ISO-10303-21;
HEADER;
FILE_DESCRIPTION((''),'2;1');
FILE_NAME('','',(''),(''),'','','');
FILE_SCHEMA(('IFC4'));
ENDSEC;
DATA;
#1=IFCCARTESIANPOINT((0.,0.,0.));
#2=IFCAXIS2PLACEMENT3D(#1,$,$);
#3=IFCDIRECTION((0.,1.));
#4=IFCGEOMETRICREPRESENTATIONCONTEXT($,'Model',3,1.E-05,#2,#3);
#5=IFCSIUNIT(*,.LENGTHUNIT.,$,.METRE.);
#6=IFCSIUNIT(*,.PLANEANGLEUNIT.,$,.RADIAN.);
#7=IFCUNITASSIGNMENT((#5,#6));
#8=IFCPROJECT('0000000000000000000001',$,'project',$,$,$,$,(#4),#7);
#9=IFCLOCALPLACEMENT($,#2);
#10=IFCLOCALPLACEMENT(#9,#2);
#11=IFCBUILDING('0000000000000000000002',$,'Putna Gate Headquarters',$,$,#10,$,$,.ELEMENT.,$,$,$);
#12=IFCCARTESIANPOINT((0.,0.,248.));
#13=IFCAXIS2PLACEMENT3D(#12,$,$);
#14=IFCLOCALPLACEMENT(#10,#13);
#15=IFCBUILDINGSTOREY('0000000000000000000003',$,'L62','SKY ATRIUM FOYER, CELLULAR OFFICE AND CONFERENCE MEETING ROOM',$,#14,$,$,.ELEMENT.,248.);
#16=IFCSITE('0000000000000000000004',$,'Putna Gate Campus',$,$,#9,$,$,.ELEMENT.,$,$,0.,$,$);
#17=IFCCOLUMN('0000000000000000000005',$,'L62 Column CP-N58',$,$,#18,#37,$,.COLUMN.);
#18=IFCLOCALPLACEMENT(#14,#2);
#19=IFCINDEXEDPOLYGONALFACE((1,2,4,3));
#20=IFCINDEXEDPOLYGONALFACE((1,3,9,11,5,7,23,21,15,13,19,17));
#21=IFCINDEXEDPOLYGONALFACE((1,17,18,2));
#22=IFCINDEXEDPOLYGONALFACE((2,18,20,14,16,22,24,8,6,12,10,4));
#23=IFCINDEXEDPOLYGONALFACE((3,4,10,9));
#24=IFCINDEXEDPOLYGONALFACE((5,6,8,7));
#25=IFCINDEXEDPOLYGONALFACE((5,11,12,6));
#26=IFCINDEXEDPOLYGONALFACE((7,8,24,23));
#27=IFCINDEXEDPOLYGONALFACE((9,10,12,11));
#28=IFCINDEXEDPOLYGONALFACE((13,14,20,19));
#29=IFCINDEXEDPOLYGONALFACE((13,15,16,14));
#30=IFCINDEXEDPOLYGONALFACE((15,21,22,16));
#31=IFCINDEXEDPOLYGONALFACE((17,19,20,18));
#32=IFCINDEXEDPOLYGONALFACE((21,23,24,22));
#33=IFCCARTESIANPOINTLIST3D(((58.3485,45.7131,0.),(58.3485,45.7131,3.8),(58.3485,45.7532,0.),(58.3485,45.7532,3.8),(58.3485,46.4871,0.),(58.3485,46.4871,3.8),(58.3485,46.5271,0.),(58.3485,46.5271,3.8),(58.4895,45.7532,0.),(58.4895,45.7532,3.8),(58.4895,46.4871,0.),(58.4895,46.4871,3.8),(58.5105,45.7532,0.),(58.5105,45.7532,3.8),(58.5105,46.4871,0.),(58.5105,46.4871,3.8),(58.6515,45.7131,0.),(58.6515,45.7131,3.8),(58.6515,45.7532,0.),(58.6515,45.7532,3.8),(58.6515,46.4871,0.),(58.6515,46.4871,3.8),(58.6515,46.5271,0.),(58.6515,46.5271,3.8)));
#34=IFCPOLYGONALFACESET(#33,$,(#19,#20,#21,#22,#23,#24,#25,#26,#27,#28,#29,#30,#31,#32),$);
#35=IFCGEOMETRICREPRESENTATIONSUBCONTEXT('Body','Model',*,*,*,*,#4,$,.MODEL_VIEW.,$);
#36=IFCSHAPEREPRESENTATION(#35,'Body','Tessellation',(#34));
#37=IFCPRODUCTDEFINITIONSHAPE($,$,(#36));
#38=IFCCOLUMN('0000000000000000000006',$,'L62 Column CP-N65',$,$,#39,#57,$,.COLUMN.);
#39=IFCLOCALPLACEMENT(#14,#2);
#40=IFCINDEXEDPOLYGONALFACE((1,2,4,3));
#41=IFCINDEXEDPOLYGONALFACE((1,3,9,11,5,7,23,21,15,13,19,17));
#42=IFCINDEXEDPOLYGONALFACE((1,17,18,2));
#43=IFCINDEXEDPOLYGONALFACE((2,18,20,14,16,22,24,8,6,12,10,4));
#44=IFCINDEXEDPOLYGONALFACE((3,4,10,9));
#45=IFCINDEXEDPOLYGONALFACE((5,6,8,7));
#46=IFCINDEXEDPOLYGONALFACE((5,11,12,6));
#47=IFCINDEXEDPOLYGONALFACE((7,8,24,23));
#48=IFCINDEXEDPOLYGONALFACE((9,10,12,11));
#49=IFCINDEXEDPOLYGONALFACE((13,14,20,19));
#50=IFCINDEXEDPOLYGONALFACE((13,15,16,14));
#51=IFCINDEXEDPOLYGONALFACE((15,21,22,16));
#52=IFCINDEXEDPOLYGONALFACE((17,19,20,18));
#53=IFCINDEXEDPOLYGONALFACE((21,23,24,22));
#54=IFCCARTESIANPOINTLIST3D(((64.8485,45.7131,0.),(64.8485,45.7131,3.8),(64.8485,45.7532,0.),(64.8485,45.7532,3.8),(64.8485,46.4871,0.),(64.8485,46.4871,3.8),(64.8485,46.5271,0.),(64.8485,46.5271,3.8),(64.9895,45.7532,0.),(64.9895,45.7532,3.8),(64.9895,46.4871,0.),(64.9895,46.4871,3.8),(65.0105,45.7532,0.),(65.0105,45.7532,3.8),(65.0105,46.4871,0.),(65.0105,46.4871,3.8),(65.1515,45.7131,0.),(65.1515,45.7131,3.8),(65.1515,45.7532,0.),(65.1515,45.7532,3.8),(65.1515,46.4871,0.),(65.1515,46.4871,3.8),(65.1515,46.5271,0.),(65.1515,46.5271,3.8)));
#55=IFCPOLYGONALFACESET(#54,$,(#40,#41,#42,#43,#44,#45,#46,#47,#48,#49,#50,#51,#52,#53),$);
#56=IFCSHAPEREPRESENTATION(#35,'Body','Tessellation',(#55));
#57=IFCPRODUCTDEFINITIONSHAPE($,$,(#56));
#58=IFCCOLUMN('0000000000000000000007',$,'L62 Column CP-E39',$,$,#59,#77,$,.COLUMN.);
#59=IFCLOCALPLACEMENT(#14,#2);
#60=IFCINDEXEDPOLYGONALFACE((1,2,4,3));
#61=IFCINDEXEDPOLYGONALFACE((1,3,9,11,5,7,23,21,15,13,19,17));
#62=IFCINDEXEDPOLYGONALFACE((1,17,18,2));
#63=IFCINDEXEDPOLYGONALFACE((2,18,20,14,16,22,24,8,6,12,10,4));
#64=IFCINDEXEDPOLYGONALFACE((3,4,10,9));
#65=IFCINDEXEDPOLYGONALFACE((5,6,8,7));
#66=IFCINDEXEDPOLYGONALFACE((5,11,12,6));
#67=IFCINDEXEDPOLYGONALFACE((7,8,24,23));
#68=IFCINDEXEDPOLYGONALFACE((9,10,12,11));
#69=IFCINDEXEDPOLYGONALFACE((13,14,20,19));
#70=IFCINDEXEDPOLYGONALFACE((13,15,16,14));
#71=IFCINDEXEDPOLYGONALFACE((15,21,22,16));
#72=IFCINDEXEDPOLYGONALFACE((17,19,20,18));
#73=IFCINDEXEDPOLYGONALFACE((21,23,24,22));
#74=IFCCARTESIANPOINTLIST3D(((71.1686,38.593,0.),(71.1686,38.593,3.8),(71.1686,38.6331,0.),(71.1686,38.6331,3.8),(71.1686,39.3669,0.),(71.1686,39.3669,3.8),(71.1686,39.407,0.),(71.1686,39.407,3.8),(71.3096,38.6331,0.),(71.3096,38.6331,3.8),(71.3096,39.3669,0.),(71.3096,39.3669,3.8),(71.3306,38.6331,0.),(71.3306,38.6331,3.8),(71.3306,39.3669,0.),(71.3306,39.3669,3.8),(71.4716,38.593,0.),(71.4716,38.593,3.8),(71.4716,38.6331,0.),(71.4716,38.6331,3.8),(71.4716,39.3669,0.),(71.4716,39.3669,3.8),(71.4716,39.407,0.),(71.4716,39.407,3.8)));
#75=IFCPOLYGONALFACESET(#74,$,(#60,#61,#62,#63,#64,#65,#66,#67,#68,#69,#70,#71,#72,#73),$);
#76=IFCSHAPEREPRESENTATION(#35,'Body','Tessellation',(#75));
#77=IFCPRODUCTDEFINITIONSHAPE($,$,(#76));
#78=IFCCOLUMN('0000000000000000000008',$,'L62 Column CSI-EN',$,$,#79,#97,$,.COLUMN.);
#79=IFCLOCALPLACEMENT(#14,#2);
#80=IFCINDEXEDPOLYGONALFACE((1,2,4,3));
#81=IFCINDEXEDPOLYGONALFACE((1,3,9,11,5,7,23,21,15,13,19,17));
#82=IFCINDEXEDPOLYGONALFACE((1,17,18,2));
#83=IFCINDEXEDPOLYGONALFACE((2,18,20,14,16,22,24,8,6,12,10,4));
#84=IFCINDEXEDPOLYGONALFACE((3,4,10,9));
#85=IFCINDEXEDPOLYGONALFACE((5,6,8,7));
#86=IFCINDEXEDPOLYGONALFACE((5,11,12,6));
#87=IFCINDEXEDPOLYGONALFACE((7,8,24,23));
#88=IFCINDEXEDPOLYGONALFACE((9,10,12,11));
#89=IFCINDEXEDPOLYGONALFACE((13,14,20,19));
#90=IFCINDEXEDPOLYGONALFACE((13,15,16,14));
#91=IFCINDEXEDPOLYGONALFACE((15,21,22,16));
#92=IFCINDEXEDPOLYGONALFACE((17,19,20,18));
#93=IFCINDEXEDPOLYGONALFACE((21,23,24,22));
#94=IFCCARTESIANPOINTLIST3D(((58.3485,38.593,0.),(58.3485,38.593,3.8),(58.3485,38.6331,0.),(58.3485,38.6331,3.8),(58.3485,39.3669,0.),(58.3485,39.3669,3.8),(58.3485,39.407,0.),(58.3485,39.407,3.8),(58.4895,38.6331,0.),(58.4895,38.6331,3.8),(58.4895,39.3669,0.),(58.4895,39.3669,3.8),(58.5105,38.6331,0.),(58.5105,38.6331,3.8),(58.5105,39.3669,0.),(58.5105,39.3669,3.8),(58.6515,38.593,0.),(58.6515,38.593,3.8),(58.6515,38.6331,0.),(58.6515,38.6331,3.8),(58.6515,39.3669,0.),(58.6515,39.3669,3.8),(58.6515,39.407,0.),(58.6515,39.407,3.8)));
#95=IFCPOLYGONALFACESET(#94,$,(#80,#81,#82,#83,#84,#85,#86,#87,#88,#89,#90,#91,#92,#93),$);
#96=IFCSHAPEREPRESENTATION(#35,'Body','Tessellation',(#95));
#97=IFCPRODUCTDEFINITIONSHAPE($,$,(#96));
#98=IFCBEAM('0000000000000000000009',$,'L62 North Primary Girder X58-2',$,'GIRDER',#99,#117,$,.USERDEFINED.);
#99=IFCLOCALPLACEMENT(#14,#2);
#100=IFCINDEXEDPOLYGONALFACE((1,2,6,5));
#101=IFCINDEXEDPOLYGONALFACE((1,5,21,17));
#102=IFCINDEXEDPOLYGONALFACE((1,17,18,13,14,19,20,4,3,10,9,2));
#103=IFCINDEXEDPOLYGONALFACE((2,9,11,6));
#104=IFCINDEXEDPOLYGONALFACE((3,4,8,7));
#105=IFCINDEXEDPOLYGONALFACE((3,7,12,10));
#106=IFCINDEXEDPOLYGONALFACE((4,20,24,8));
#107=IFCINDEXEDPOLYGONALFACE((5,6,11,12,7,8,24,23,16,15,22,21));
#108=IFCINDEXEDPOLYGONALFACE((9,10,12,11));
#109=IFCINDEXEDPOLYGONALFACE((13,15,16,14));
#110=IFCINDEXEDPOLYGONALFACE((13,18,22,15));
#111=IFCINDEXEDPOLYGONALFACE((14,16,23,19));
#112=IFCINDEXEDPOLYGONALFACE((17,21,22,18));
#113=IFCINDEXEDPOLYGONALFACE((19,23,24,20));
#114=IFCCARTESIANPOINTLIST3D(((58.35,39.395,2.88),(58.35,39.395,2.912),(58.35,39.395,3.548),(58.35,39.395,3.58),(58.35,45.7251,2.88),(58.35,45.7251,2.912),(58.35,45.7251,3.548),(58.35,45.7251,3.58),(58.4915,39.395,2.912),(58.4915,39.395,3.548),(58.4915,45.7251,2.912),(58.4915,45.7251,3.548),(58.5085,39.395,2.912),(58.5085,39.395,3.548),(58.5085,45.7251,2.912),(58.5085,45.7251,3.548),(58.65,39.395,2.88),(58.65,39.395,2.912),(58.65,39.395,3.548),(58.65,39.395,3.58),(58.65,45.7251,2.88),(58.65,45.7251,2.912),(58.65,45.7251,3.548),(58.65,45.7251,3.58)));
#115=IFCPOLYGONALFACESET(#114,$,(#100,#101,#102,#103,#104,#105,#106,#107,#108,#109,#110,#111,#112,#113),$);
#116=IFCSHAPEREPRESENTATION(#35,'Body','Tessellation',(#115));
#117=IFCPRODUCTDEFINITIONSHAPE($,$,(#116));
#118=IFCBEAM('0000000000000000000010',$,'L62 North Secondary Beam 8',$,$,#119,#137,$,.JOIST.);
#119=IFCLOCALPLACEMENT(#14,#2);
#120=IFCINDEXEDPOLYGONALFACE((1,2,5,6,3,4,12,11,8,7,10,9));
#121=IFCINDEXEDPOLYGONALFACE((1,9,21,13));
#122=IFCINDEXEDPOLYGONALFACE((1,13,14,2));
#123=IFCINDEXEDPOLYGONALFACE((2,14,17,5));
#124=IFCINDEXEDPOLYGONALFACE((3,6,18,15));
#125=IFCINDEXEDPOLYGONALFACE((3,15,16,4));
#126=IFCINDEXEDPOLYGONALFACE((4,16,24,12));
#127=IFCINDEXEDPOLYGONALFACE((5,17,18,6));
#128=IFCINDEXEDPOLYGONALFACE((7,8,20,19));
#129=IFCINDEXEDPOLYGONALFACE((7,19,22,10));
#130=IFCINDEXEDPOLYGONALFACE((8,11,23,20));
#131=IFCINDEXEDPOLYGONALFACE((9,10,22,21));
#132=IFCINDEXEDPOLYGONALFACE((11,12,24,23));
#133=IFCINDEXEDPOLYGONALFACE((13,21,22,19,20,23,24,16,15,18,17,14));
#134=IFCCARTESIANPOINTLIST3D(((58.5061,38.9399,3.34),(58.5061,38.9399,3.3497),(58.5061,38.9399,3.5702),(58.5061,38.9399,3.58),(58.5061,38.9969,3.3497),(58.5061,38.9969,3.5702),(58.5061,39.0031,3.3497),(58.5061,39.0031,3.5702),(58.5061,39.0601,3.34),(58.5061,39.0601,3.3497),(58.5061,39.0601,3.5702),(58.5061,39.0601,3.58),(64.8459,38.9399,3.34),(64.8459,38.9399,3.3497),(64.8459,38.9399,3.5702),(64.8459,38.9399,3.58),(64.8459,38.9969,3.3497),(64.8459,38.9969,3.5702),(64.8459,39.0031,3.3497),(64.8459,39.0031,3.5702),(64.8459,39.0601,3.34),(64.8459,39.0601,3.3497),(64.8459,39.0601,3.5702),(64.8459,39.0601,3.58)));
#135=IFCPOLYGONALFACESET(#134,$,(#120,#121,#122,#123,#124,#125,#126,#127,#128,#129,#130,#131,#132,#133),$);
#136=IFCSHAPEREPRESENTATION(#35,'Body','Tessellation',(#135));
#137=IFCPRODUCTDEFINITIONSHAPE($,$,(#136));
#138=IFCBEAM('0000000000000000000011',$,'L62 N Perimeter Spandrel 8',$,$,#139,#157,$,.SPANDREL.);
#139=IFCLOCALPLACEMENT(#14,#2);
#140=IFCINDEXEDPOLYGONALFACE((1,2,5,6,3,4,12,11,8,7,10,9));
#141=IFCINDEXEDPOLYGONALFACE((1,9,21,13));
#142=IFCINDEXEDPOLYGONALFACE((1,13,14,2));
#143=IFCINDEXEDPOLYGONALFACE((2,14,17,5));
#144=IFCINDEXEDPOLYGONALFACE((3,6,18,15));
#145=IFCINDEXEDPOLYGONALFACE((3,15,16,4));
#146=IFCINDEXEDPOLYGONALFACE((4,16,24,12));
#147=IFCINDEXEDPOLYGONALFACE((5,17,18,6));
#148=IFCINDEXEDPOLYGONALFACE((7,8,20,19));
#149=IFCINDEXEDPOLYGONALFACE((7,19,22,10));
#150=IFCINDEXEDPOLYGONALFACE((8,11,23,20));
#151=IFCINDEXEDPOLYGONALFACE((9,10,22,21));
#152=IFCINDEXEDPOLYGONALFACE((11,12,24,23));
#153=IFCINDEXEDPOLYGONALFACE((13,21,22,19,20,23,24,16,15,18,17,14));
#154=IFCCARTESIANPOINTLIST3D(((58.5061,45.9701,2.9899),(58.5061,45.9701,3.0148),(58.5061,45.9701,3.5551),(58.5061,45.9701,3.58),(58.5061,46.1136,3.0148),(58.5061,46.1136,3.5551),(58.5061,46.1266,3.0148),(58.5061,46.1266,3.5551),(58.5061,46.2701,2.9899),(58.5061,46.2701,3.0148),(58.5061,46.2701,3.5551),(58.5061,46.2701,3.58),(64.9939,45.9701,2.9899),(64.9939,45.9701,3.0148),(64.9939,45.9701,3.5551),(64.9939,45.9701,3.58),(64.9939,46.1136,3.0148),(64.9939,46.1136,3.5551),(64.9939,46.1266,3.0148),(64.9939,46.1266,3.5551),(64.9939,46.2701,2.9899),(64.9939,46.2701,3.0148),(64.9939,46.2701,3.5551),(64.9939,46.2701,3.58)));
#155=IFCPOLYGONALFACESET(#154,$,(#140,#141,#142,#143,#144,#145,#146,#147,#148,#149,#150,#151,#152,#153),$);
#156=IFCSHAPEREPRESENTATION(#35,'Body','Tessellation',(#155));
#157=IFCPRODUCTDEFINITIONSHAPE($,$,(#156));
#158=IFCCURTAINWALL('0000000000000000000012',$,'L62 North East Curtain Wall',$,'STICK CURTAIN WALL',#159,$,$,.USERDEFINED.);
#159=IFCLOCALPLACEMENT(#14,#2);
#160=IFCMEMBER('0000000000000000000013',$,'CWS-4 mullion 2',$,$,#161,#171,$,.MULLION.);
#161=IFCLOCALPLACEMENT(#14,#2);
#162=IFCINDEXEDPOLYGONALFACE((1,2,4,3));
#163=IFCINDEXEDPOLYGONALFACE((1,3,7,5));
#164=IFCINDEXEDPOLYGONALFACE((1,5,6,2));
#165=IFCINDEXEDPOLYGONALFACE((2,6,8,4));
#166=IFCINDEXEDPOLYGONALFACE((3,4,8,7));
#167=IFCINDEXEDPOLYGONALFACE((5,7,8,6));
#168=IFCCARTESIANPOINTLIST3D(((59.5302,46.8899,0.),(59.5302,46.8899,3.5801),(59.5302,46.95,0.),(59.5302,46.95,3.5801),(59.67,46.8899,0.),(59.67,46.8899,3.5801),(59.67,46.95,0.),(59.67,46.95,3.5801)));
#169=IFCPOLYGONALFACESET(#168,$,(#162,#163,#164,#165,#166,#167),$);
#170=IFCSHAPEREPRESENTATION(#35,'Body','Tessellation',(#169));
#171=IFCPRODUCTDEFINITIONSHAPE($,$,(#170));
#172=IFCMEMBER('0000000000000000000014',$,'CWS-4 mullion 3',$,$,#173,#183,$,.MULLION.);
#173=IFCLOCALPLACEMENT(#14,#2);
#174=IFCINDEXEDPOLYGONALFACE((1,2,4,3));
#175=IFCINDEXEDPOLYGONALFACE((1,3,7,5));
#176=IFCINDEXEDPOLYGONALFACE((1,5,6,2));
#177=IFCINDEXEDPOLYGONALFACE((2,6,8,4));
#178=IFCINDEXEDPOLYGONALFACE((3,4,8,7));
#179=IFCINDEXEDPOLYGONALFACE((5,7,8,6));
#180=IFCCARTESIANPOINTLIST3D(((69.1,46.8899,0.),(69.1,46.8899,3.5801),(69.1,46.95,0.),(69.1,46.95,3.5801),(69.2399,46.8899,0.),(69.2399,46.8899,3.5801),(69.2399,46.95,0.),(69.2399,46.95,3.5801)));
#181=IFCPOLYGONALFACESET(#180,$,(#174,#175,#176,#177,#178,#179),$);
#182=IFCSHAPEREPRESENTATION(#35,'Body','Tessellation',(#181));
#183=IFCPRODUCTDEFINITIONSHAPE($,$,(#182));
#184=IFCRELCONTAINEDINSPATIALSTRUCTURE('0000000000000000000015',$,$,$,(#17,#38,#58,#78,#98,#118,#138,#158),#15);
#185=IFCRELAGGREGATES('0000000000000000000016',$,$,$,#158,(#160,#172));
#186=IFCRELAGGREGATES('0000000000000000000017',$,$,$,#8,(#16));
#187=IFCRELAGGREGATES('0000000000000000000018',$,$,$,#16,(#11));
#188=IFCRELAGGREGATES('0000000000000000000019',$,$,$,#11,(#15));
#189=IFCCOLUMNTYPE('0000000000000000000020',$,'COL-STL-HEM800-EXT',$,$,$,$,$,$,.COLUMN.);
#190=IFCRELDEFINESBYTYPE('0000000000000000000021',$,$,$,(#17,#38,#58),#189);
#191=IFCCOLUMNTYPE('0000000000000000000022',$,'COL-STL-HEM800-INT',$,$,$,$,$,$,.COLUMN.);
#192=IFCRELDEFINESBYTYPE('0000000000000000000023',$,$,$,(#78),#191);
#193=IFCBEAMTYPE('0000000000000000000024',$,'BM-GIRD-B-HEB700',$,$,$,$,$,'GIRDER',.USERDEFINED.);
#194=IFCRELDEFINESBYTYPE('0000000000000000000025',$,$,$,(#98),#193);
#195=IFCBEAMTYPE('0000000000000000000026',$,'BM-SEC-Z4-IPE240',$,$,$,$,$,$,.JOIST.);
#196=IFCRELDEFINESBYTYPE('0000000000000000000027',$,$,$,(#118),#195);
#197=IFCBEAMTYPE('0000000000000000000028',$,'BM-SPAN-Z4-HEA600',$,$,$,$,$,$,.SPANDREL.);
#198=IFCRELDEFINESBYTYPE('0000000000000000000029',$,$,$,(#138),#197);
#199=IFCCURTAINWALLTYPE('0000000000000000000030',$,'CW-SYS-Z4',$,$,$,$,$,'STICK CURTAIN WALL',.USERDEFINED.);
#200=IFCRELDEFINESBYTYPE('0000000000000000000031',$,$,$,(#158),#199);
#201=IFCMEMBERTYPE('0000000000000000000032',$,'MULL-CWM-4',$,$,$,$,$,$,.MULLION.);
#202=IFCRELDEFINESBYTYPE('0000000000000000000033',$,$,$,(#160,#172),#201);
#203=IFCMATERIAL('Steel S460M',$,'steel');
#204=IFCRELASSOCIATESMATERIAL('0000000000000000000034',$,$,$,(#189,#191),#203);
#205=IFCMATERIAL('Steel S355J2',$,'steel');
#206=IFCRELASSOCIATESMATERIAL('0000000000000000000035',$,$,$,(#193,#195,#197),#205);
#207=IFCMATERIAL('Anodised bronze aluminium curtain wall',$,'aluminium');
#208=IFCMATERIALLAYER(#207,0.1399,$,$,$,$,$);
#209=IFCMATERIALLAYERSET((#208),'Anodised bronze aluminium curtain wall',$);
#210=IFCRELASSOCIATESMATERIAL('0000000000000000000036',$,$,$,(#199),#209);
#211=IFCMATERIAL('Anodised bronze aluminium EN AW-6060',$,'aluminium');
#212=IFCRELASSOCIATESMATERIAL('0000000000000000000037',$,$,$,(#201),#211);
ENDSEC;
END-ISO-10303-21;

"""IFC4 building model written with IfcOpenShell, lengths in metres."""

from ifc_helpers import new_model, si_unit, direction, frame, origin, origin_2d, place, context, subcontext, project, spatial, rectangle, i_section, extrude, material, layer, layer_set, material_profile, profile_set, type_object, element, aggregate, save


model = new_model("IFC4")

# Units and contexts
model_context = context("Model", 3, precision=1e-05, world=origin(), true_north=direction((0.0, 1.0)))
body_context = subcontext(model_context, "Body", "Model", "MODEL_VIEW")
ifc_project = project(units=[si_unit("LENGTHUNIT", "METRE"), si_unit("PLANEANGLEUNIT", "RADIAN")], contexts=[model_context])

# Site, building, storey
site_placement = place(None, origin())
site = spatial("IfcSite", under=ifc_project, at=site_placement, Name="Putna Gate Campus", CompositionType="ELEMENT", RefElevation=0.0)
building_placement = place(site_placement, origin())
building = spatial("IfcBuilding", under=site, at=building_placement, Name="Putna Gate Headquarters", CompositionType="ELEMENT")
storey_placement = place(building_placement, frame((0.0, 0.0, 248.0)))
storey = spatial("IfcBuildingStorey", under=building, at=storey_placement, Name="L62", Description="SKY ATRIUM FOYER, CELLULAR OFFICE AND CONFERENCE MEETING ROOM", CompositionType="ELEMENT", Elevation=248.0)

# Columns
ifc_material_1 = material(Name="Steel S460M", Category="steel")
ifc_material_profile_1 = material_profile(ifc_material_1, i_section(OverallWidth=0.303, OverallDepth=0.814, WebThickness=0.021, FlangeThickness=0.04, at=origin_2d()), Name="Steel S460M")
ifc_profile_set_1 = profile_set([ifc_material_profile_1], Name="Steel S460M")
column_type_1 = type_object("IfcColumnType", Name="COL-STL-HEM800-EXT", PredefinedType="COLUMN", material=ifc_profile_set_1)
for number, where, z_axis, x_axis, name in (
    (1, (58.5, 46.1201, 0.0), (0.0, 0.0, 1.0), (1.0, 0.0, 0.0), "L62 Column CP-N58"),
    (2, (65.0, 46.1201, 0.0), (0.0, 0.0, 1.0), (1.0, 0.0, 0.0), "L62 Column CP-N65"),
    (3, (71.3201, 39.0, 0.0), (0.0, 0.0, 1.0), (1.0, 0.0, 0.0), "L62 Column CP-E39"),
):
    element("IfcColumn", number, at=place(storey_placement, frame(where, z_axis=z_axis, x_axis=x_axis)), inside=storey, type_object=column_type_1, Name=name, PredefinedType="COLUMN", context=body_context, shape_type="SweptSolid", body=[
        extrude(i_section(OverallWidth=0.303, OverallDepth=0.814, WebThickness=0.021, FlangeThickness=0.04, at=origin_2d()), origin(), (0.0, 0.0, 1.0), 3.8),
    ])
ifc_material_profile_2 = material_profile(ifc_material_1, i_section(OverallWidth=0.303, OverallDepth=0.814, WebThickness=0.021, FlangeThickness=0.04, at=origin_2d()), Name="Steel S460M")
ifc_profile_set_2 = profile_set([ifc_material_profile_2], Name="Steel S460M")
column_type_2 = type_object("IfcColumnType", Name="COL-STL-HEM800-INT", PredefinedType="COLUMN", material=ifc_profile_set_2)
column_placement = place(storey_placement, frame((58.5, 39.0, 0.0), z_axis=(0.0, 0.0, 1.0), x_axis=(1.0, 0.0, 0.0)))
element("IfcColumn", 4, at=column_placement, inside=storey, type_object=column_type_2, Name="L62 Column CSI-EN", PredefinedType="COLUMN", context=body_context, shape_type="SweptSolid", body=[
    extrude(i_section(OverallWidth=0.303, OverallDepth=0.814, WebThickness=0.021, FlangeThickness=0.04, at=origin_2d()), origin(), (0.0, 0.0, 1.0), 3.8),
])

# Beams
ifc_material_2 = material(Name="Steel S355J2", Category="steel")
ifc_material_profile_3 = material_profile(ifc_material_2, i_section(OverallWidth=0.3, OverallDepth=0.7, WebThickness=0.0171, FlangeThickness=0.032, at=origin_2d()), Name="Steel S355J2")
ifc_profile_set_3 = profile_set([ifc_material_profile_3], Name="Steel S355J2")
beam_type_1 = type_object("IfcBeamType", Name="BM-GIRD-B-HEB700", ElementType="GIRDER", PredefinedType="USERDEFINED", material=ifc_profile_set_3)
beam_1_placement = place(storey_placement, frame((58.5, 39.395, 3.23), z_axis=(0.0, 1.0, 0.0), x_axis=(-1.0, 0.0, 0.0)))
element("IfcBeam", 5, at=beam_1_placement, inside=storey, type_object=beam_type_1, Name="L62 North Primary Girder X58-2", ObjectType="GIRDER", PredefinedType="USERDEFINED", context=body_context, shape_type="SweptSolid", body=[
    extrude(i_section(OverallWidth=0.3, OverallDepth=0.7, WebThickness=0.0171, FlangeThickness=0.032, at=origin_2d()), origin(), (0.0, 0.0, 1.0), 6.3301),
])
ifc_material_profile_4 = material_profile(ifc_material_2, i_section(OverallWidth=0.1201, OverallDepth=0.24, WebThickness=0.0061, FlangeThickness=0.0098, at=origin_2d()), Name="Steel S355J2")
ifc_profile_set_4 = profile_set([ifc_material_profile_4], Name="Steel S355J2")
beam_type_2 = type_object("IfcBeamType", Name="BM-SEC-Z4-IPE240", PredefinedType="JOIST", material=ifc_profile_set_4)
beam_2_placement = place(storey_placement, frame((58.5061, 39.0, 3.46), z_axis=(1.0, 0.0, 0.0), x_axis=(0.0, 1.0, 0.0)))
element("IfcBeam", 6, at=beam_2_placement, inside=storey, type_object=beam_type_2, Name="L62 North Secondary Beam 8", PredefinedType="JOIST", context=body_context, shape_type="SweptSolid", body=[
    extrude(i_section(OverallWidth=0.1201, OverallDepth=0.24, WebThickness=0.0061, FlangeThickness=0.0098, at=origin_2d()), origin(), (0.0, 0.0, 1.0), 6.3398),
])
ifc_material_profile_5 = material_profile(ifc_material_2, i_section(OverallWidth=0.3, OverallDepth=0.5901, WebThickness=0.0129, FlangeThickness=0.0249, at=origin_2d()), Name="Steel S355J2")
ifc_profile_set_5 = profile_set([ifc_material_profile_5], Name="Steel S355J2")
beam_type_3 = type_object("IfcBeamType", Name="BM-SPAN-Z4-HEA600", PredefinedType="SPANDREL", material=ifc_profile_set_5)
beam_3_placement = place(storey_placement, frame((58.5061, 46.1201, 3.2849), z_axis=(1.0, 0.0, 0.0), x_axis=(0.0, 1.0, 0.0)))
element("IfcBeam", 7, at=beam_3_placement, inside=storey, type_object=beam_type_3, Name="L62 N Perimeter Spandrel 8", PredefinedType="SPANDREL", context=body_context, shape_type="SweptSolid", body=[
    extrude(i_section(OverallWidth=0.3, OverallDepth=0.5901, WebThickness=0.0129, FlangeThickness=0.0249, at=origin_2d()), origin(), (0.0, 0.0, 1.0), 6.4878),
])

# Curtain wall, members
ifc_material_3 = material(Name="Anodised bronze aluminium curtain wall", Category="aluminium")
ifc_layer_1 = layer(ifc_material_3, 0.1399)
ifc_layer_set_1 = layer_set([ifc_layer_1], Name="Anodised bronze aluminium curtain wall")
curtain_wall_type = type_object("IfcCurtainWallType", Name="CW-SYS-Z4", ElementType="STICK CURTAIN WALL", PredefinedType="USERDEFINED", material=ifc_layer_set_1)
curtain_wall_1_placement = place(storey_placement, origin())
curtain_wall_1 = element("IfcCurtainWall", 8, at=curtain_wall_1_placement, inside=storey, type_object=curtain_wall_type, Name="L62 North East Curtain Wall", ObjectType="STICK CURTAIN WALL", PredefinedType="USERDEFINED")
ifc_material_4 = material(Name="Anodised bronze aluminium EN AW-6060", Category="aluminium")
ifc_material_profile_6 = material_profile(ifc_material_4, rectangle(XDim=0.0601, YDim=0.1399, at=origin_2d()), Name="Anodised bronze aluminium EN AW-6060")
ifc_profile_set_6 = profile_set([ifc_material_profile_6], Name="Anodised bronze aluminium EN AW-6060")
member_type_1 = type_object("IfcMemberType", Name="MULL-CWM-4", PredefinedType="MULLION", material=ifc_profile_set_6)
member_1_placement = place(storey_placement, frame((59.6001, 46.9199, 0.0), z_axis=(0.0, 0.0, 1.0), x_axis=(0.0, 1.0, 0.0)))
member_1 = element("IfcMember", 9, at=member_1_placement, type_object=member_type_1, Name="CWS-4 mullion 2", PredefinedType="MULLION", context=body_context, shape_type="SweptSolid", body=[
    extrude(rectangle(XDim=0.0601, YDim=0.1399, at=origin_2d()), origin(), (0.0, 0.0, 1.0), 3.5801),
])
member_2_placement = place(storey_placement, frame((69.1699, 46.9199, 0.0), z_axis=(0.0, 0.0, 1.0), x_axis=(0.0, 1.0, 0.0)))
member_2 = element("IfcMember", 10, at=member_2_placement, type_object=member_type_1, Name="CWS-4 mullion 3", PredefinedType="MULLION", context=body_context, shape_type="SweptSolid", body=[
    extrude(rectangle(XDim=0.0601, YDim=0.1399, at=origin_2d()), origin(), (0.0, 0.0, 1.0), 3.5801),
])

aggregate(curtain_wall_1, [member_1, member_2])

save(model, "model.ifc")
